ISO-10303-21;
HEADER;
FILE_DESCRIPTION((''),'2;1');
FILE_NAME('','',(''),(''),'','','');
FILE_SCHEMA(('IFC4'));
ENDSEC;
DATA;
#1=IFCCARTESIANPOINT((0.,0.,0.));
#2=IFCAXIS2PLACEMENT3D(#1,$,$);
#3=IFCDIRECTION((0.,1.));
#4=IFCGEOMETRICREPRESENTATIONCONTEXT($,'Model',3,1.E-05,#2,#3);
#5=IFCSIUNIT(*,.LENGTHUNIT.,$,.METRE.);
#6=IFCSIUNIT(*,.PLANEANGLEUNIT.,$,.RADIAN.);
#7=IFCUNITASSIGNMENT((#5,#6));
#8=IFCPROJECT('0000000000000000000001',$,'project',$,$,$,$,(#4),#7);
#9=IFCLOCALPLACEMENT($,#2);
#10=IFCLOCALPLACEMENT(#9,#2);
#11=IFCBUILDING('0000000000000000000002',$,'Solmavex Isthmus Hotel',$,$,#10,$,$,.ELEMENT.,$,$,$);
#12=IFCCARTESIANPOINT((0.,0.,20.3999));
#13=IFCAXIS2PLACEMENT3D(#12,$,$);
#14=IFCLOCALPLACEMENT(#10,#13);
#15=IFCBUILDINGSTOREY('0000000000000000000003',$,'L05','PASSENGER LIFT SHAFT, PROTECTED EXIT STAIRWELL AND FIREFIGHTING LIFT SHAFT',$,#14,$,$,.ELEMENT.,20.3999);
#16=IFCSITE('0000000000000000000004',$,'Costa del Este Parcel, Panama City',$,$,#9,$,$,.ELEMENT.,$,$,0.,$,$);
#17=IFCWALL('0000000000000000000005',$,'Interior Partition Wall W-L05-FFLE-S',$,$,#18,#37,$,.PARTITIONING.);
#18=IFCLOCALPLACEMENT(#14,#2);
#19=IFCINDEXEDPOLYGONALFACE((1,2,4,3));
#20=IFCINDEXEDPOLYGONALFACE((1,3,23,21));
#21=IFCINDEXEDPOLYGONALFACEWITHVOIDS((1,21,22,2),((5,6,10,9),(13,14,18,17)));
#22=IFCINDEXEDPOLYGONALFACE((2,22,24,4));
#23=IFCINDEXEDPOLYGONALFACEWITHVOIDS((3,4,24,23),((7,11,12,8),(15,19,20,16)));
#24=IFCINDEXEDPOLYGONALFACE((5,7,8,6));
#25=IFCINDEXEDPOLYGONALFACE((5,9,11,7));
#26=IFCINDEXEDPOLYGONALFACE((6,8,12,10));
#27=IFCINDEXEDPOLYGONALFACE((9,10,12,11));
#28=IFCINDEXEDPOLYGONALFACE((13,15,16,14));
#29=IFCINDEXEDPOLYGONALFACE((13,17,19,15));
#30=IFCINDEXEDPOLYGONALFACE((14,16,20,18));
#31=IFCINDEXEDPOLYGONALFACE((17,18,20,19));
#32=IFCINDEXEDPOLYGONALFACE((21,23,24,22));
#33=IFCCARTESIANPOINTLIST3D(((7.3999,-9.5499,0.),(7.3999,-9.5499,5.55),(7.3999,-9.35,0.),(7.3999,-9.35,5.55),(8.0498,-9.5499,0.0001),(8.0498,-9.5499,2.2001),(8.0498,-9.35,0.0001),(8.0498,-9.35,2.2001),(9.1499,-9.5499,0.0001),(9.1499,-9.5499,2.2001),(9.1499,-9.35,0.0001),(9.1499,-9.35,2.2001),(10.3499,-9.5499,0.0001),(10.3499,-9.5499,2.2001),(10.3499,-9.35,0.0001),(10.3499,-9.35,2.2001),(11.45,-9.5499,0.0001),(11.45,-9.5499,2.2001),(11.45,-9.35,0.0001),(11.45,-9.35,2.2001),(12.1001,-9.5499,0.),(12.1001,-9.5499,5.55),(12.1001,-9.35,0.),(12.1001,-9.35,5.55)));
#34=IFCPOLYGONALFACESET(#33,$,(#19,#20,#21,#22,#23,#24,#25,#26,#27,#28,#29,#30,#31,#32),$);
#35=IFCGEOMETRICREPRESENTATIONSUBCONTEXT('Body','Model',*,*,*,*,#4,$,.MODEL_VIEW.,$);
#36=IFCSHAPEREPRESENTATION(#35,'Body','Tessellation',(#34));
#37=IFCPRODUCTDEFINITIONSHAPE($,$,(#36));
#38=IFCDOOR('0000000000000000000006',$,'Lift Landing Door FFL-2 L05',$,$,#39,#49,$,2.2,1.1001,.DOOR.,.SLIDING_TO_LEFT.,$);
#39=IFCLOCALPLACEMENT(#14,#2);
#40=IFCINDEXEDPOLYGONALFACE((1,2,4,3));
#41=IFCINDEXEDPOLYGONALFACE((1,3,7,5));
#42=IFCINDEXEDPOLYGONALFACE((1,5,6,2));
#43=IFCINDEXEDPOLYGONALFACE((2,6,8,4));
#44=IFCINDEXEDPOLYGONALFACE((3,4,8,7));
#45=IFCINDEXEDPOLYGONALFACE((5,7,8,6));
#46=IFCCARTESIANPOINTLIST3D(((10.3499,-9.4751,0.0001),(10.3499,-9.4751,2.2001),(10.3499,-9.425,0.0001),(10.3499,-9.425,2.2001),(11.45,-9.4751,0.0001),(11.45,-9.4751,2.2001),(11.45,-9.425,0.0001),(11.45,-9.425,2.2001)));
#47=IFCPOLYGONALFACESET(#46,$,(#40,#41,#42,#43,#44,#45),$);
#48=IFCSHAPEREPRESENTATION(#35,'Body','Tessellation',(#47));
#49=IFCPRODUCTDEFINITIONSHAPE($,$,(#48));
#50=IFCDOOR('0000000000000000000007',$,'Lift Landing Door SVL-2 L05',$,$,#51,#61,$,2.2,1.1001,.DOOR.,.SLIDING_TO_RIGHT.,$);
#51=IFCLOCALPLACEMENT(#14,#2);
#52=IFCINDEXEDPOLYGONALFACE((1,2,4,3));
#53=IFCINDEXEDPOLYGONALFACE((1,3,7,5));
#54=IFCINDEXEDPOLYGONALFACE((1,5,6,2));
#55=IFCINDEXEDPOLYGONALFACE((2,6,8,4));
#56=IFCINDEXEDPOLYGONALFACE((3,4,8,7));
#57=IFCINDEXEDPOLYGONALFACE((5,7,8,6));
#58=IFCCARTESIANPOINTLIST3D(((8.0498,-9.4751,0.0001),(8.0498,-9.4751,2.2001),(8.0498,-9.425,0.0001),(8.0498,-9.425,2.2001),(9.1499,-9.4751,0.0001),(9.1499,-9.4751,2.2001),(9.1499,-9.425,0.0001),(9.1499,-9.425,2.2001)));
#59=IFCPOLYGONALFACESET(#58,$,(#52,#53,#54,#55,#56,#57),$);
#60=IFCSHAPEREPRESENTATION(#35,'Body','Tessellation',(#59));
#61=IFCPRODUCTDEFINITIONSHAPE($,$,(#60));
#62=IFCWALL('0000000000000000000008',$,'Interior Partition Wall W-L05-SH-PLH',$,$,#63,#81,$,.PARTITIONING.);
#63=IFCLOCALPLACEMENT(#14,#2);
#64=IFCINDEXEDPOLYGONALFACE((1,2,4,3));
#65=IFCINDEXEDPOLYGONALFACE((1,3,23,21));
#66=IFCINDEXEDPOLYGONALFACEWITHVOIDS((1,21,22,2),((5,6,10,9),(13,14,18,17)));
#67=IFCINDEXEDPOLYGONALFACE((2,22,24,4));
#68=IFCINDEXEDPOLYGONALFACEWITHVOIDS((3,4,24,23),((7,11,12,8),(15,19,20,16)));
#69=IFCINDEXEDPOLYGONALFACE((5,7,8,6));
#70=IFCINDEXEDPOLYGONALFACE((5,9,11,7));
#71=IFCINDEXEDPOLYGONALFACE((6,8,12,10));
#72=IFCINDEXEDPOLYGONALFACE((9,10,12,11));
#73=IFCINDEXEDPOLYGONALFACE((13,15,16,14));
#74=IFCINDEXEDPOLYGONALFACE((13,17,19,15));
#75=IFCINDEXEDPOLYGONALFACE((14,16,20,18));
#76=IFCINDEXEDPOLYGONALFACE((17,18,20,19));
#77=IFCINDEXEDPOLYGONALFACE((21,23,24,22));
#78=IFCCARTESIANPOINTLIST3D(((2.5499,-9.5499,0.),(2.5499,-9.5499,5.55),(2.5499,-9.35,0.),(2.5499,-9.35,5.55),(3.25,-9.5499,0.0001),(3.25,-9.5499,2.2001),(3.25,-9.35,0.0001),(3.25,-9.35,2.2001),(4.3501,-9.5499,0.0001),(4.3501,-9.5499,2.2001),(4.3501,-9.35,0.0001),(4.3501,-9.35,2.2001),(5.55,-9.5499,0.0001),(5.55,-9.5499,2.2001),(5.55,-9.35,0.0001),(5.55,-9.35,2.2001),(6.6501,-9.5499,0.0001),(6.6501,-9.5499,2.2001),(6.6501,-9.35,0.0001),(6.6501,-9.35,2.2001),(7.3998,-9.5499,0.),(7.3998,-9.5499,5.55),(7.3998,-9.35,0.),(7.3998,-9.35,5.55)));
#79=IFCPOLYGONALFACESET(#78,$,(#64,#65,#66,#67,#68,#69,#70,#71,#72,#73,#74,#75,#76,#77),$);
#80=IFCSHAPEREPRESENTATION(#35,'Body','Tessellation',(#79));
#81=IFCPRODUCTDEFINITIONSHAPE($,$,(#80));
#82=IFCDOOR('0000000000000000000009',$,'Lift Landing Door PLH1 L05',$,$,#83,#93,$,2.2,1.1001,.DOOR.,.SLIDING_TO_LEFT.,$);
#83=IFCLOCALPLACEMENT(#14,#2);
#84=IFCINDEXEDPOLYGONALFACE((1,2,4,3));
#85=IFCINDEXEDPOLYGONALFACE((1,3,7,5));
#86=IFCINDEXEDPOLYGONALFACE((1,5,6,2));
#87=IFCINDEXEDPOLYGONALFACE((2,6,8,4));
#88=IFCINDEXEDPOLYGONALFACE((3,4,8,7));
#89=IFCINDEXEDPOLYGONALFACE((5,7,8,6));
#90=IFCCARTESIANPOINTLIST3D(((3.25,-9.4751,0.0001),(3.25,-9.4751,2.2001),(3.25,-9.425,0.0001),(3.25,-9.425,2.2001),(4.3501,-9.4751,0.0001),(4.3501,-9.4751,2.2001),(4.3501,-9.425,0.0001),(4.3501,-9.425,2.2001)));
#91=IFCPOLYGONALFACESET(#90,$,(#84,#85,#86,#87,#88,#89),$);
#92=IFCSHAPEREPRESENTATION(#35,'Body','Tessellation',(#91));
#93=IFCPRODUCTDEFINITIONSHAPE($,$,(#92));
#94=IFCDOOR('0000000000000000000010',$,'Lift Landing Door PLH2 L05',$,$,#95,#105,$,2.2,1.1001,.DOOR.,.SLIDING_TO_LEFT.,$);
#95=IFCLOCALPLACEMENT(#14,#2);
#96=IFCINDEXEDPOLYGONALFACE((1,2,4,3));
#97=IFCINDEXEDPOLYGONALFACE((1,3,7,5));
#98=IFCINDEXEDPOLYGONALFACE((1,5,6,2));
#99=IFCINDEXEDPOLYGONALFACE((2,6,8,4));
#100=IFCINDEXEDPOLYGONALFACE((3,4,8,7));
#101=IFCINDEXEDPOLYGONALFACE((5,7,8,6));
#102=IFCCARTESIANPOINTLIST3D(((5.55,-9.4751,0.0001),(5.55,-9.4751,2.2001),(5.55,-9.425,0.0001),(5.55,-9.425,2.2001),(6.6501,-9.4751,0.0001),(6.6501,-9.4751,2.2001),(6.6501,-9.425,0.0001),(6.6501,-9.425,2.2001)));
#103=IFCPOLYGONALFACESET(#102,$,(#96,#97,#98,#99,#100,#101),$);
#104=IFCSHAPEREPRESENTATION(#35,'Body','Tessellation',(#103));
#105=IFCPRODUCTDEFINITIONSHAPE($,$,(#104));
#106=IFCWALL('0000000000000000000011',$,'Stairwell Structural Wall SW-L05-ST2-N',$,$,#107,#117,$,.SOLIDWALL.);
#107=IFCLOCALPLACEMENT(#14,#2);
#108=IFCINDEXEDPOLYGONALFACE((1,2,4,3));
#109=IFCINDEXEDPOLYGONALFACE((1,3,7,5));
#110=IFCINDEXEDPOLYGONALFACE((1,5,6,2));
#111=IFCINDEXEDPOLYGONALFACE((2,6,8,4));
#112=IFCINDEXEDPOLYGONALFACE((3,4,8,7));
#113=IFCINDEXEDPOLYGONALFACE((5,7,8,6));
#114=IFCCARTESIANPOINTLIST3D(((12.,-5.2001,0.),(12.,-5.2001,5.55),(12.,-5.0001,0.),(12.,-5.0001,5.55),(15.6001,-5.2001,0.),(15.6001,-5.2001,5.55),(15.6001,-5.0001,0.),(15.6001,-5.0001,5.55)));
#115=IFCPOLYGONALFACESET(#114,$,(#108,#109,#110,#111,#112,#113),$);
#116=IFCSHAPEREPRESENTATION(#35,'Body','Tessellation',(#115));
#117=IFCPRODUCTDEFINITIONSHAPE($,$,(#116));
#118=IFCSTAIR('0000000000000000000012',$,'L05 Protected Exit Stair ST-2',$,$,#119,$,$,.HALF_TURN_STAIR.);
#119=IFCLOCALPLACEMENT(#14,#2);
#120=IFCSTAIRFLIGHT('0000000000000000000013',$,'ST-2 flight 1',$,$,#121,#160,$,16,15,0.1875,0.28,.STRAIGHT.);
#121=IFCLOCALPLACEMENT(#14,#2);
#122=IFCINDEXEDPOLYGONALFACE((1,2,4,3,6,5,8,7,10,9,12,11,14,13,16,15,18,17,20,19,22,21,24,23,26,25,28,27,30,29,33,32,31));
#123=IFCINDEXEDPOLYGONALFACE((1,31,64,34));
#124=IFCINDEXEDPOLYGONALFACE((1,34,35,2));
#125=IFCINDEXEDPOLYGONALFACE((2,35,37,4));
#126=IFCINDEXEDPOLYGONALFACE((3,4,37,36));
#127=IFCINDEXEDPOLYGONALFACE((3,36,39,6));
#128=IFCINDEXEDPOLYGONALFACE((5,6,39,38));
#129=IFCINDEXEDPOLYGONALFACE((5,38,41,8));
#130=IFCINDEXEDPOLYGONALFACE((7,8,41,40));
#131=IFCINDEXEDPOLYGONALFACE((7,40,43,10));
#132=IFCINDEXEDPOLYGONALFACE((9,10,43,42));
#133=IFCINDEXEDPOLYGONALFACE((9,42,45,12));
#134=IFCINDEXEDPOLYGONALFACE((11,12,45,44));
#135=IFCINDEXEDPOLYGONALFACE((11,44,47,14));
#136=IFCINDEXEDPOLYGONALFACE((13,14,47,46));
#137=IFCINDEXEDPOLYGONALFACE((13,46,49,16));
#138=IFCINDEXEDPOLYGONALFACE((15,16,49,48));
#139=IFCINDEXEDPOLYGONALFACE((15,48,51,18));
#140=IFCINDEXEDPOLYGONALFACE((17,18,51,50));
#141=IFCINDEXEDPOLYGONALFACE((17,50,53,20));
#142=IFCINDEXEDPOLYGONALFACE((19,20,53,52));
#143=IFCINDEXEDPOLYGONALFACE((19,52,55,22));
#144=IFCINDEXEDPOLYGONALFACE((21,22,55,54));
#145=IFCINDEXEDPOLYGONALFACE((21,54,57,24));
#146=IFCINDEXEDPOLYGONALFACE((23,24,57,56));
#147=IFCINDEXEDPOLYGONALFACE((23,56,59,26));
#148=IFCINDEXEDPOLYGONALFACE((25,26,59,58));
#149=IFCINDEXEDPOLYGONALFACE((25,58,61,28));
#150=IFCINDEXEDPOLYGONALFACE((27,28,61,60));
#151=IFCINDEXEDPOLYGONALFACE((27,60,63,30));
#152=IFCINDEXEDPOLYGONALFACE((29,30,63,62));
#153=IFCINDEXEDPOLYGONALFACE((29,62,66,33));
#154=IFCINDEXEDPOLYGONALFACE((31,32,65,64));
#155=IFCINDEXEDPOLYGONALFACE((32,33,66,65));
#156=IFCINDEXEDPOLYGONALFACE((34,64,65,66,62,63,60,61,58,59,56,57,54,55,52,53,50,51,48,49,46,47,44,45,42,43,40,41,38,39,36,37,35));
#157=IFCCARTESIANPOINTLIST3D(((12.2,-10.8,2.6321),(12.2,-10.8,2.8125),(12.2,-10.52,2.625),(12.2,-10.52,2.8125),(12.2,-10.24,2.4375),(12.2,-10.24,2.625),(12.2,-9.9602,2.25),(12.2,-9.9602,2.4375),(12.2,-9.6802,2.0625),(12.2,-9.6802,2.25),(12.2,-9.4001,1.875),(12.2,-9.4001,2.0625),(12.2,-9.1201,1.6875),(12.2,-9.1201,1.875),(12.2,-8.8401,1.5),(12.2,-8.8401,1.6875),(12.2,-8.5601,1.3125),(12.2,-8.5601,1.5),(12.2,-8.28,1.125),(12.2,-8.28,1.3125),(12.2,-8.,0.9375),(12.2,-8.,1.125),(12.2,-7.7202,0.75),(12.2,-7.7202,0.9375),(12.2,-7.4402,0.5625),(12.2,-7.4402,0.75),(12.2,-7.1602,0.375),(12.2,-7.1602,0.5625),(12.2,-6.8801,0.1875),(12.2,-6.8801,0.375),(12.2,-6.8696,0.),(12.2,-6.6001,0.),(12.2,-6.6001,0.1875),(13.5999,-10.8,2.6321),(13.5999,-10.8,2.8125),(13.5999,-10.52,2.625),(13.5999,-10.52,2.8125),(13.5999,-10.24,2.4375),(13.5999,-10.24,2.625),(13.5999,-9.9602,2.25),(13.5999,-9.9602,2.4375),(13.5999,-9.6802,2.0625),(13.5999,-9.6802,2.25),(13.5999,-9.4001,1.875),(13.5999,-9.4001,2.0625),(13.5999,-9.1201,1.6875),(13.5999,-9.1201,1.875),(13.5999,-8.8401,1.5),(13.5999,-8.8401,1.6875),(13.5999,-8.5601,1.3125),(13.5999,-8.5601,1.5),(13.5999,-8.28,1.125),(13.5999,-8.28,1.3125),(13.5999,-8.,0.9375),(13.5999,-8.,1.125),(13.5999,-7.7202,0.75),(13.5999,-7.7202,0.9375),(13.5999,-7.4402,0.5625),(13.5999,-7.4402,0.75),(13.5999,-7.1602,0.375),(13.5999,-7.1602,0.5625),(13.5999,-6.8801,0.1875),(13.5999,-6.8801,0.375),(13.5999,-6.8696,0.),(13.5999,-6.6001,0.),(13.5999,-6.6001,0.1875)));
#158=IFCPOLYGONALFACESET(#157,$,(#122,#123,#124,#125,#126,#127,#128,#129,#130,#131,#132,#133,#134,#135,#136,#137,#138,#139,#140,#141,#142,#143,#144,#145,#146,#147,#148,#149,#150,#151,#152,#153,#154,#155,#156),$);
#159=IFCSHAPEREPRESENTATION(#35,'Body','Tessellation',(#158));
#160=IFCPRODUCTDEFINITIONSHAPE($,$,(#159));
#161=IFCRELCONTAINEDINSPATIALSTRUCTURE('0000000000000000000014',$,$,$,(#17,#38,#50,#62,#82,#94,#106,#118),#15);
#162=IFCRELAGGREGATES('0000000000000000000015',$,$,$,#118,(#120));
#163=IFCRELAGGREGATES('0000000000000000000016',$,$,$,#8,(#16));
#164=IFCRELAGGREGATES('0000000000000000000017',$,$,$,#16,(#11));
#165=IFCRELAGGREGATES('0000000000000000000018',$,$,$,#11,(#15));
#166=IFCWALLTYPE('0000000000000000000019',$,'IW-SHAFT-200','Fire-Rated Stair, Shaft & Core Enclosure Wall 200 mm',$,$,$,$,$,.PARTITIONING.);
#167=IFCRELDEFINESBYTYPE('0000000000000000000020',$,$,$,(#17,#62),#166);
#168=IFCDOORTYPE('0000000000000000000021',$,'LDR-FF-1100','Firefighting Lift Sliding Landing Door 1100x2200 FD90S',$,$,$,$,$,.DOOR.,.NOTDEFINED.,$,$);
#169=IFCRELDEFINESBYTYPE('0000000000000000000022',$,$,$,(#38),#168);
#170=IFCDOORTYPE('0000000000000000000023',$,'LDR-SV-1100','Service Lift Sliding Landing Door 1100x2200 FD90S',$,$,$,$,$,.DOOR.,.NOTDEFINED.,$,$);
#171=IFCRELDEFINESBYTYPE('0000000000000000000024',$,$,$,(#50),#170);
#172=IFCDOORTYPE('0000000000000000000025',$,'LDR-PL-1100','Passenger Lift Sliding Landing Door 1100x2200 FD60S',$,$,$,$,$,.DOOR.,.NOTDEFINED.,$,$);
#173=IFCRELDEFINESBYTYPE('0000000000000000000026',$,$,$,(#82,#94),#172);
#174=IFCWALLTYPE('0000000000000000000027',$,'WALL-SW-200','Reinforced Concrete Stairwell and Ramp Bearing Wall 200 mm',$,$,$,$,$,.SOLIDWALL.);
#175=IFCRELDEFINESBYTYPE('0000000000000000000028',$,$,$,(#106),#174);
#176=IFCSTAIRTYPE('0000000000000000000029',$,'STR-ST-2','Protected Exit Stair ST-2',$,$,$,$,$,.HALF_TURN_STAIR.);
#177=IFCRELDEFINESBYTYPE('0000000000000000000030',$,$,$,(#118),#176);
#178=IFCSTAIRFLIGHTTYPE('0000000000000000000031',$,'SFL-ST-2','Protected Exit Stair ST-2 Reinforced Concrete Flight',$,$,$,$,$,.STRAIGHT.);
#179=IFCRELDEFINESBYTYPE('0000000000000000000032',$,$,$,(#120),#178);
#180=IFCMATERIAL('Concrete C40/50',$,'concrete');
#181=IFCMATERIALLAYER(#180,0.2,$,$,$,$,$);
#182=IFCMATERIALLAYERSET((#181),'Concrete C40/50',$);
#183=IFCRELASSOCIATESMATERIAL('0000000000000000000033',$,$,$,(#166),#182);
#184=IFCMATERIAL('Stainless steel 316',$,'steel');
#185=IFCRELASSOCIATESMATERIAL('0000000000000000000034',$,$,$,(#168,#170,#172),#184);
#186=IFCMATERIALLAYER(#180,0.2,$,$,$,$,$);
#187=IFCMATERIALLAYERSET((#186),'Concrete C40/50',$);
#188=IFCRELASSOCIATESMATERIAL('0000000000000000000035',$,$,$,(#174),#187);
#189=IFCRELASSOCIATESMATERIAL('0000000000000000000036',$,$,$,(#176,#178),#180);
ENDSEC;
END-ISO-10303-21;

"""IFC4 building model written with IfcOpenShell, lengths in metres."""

from ifc_helpers import new_model, si_unit, direction, frame, frame_2d, origin, place, context, subcontext, project, spatial, polyline, rectangle, outline, extrude, material, layer, layer_set, type_object, element, fill, aggregate, save


model = new_model("IFC4")

# Units and contexts
model_context = context("Model", 3, precision=1e-05, world=origin(), true_north=direction((0.0, 1.0)))
body_context = subcontext(model_context, "Body", "Model", "MODEL_VIEW")
ifc_project = project(units=[si_unit("LENGTHUNIT", "METRE"), si_unit("PLANEANGLEUNIT", "RADIAN")], contexts=[model_context])

# Site, building, storey
site_placement = place(None, origin())
site = spatial("IfcSite", under=ifc_project, at=site_placement, Name="Costa del Este Parcel, Panama City", CompositionType="ELEMENT", RefElevation=0.0)
building_placement = place(site_placement, origin())
building = spatial("IfcBuilding", under=site, at=building_placement, Name="Solmavex Isthmus Hotel", CompositionType="ELEMENT")
storey_placement = place(building_placement, frame((0.0, 0.0, 20.3999)))
storey = spatial("IfcBuildingStorey", under=building, at=storey_placement, Name="L05", Description="PASSENGER LIFT SHAFT, PROTECTED EXIT STAIRWELL AND FIREFIGHTING LIFT SHAFT", CompositionType="ELEMENT", Elevation=20.3999)

# Shared definitions
ifc_material_1 = material(Name="Concrete C40/50", Category="concrete")
ifc_layer_1 = layer(ifc_material_1, 0.2)
ifc_layer_set_1 = layer_set([ifc_layer_1], Name="Concrete C40/50")
wall_type_1 = type_object("IfcWallType", Name="IW-SHAFT-200", Description="Fire-Rated Stair, Shaft & Core Enclosure Wall 200 mm", PredefinedType="PARTITIONING", material=ifc_layer_set_1)

# Walls, openings, doors
wall_1_placement = place(storey_placement, frame((7.3999, -9.45, 0.0), z_axis=(0.0, 0.0, 1.0), x_axis=(1.0, 0.0, 0.0)))
wall_1 = element("IfcWall", 1, at=wall_1_placement, inside=storey, type_object=wall_type_1, Name="Interior Partition Wall W-L05-FFLE-S", PredefinedType="PARTITIONING", context=body_context, shape_type="SweptSolid", body=[
    extrude(rectangle(XDim=4.7002, YDim=0.2, at=frame_2d((2.3501, 0.0))), origin(), (0.0, 0.0, 1.0), 5.55),
])
opening_1_placement = place(wall_1_placement, frame((2.95, 0.0, 0.0)))
opening_1 = element("IfcOpeningElement", 2, at=opening_1_placement, cuts=wall_1, PredefinedType="OPENING", context=body_context, shape_type="SweptSolid", body=[
    extrude(rectangle(XDim=1.1001, YDim=2.2, at=frame_2d((0.55, 1.1001))), frame((0.0, 0.1099, 0.0), z_axis=(0.0, -1.0, 0.0), x_axis=(1.0, 0.0, 0.0)), (0.0, 0.0, 1.0), 0.22),
])
opening_2_placement = place(wall_1_placement, frame((0.6499, 0.0, 0.0)))
opening_2 = element("IfcOpeningElement", 3, at=opening_2_placement, cuts=wall_1, PredefinedType="OPENING", context=body_context, shape_type="SweptSolid", body=[
    extrude(rectangle(XDim=1.1001, YDim=2.2, at=frame_2d((0.55, 1.1001))), frame((0.0, 0.1099, 0.0), z_axis=(0.0, -1.0, 0.0), x_axis=(1.0, 0.0, 0.0)), (0.0, 0.0, 1.0), 0.22),
])
ifc_material_2 = material(Name="Stainless steel 316", Category="steel")
door_type_1 = type_object("IfcDoorType", Name="LDR-FF-1100", Description="Firefighting Lift Sliding Landing Door 1100x2200 FD90S", OperationType="NOTDEFINED", PredefinedType="DOOR", material=ifc_material_2)
door_1_placement = place(opening_1_placement, origin())
door_1 = element("IfcDoor", 4, at=door_1_placement, inside=storey, type_object=door_type_1, Name="Lift Landing Door FFL-2 L05", OperationType="SLIDING_TO_LEFT", OverallHeight=2.2, OverallWidth=1.1001, PredefinedType="DOOR", context=body_context, shape_type="SweptSolid", body=[
    extrude(rectangle(XDim=1.1001, YDim=2.2, at=frame_2d((0.55, 1.1001))), frame((0.0, 0.0249, 0.0), z_axis=(0.0, -1.0, 0.0), x_axis=(1.0, 0.0, 0.0)), (0.0, 0.0, 1.0), 0.05),
])
fill(opening_1, door_1)
door_type_2 = type_object("IfcDoorType", Name="LDR-SV-1100", Description="Service Lift Sliding Landing Door 1100x2200 FD90S", OperationType="NOTDEFINED", PredefinedType="DOOR", material=ifc_material_2)
door_2_placement = place(opening_2_placement, origin())
door_2 = element("IfcDoor", 5, at=door_2_placement, inside=storey, type_object=door_type_2, Name="Lift Landing Door SVL-2 L05", OperationType="SLIDING_TO_RIGHT", OverallHeight=2.2, OverallWidth=1.1001, PredefinedType="DOOR", context=body_context, shape_type="SweptSolid", body=[
    extrude(rectangle(XDim=1.1001, YDim=2.2, at=frame_2d((0.55, 1.1001))), frame((0.0, 0.0249, 0.0), z_axis=(0.0, -1.0, 0.0), x_axis=(1.0, 0.0, 0.0)), (0.0, 0.0, 1.0), 0.05),
])
fill(opening_2, door_2)
wall_2_placement = place(storey_placement, frame((2.55, -9.45, 0.0), z_axis=(0.0, 0.0, 1.0), x_axis=(1.0, 0.0, 0.0)))
wall_2 = element("IfcWall", 6, at=wall_2_placement, inside=storey, type_object=wall_type_1, Name="Interior Partition Wall W-L05-SH-PLH", PredefinedType="PARTITIONING", context=body_context, shape_type="SweptSolid", body=[
    extrude(rectangle(XDim=4.8499, YDim=0.2, at=frame_2d((2.4248, 0.0))), origin(), (0.0, 0.0, 1.0), 5.55),
])
opening_3_placement = place(wall_2_placement, frame((0.7, 0.0, 0.0)))
opening_3 = element("IfcOpeningElement", 7, at=opening_3_placement, cuts=wall_2, PredefinedType="OPENING", context=body_context, shape_type="SweptSolid", body=[
    extrude(rectangle(XDim=1.1001, YDim=2.2, at=frame_2d((0.55, 1.1001))), frame((0.0, 0.1099, 0.0), z_axis=(0.0, -1.0, 0.0), x_axis=(1.0, 0.0, 0.0)), (0.0, 0.0, 1.0), 0.22),
])
opening_4_placement = place(wall_2_placement, frame((3.0, 0.0, 0.0)))
opening_4 = element("IfcOpeningElement", 8, at=opening_4_placement, cuts=wall_2, PredefinedType="OPENING", context=body_context, shape_type="SweptSolid", body=[
    extrude(rectangle(XDim=1.1001, YDim=2.2, at=frame_2d((0.55, 1.1001))), frame((0.0, 0.1099, 0.0), z_axis=(0.0, -1.0, 0.0), x_axis=(1.0, 0.0, 0.0)), (0.0, 0.0, 1.0), 0.22),
])
door_type_3 = type_object("IfcDoorType", Name="LDR-PL-1100", Description="Passenger Lift Sliding Landing Door 1100x2200 FD60S", OperationType="NOTDEFINED", PredefinedType="DOOR", material=ifc_material_2)
door_3_placement = place(opening_3_placement, origin())
door_3 = element("IfcDoor", 9, at=door_3_placement, inside=storey, type_object=door_type_3, Name="Lift Landing Door PLH1 L05", OperationType="SLIDING_TO_LEFT", OverallHeight=2.2, OverallWidth=1.1001, PredefinedType="DOOR", context=body_context, shape_type="SweptSolid", body=[
    extrude(rectangle(XDim=1.1001, YDim=2.2, at=frame_2d((0.55, 1.1001))), frame((0.0, 0.0249, 0.0), z_axis=(0.0, -1.0, 0.0), x_axis=(1.0, 0.0, 0.0)), (0.0, 0.0, 1.0), 0.05),
])
fill(opening_3, door_3)
door_4_placement = place(opening_4_placement, origin())
door_4 = element("IfcDoor", 10, at=door_4_placement, inside=storey, type_object=door_type_3, Name="Lift Landing Door PLH2 L05", OperationType="SLIDING_TO_LEFT", OverallHeight=2.2, OverallWidth=1.1001, PredefinedType="DOOR", context=body_context, shape_type="SweptSolid", body=[
    extrude(rectangle(XDim=1.1001, YDim=2.2, at=frame_2d((0.55, 1.1001))), frame((0.0, 0.0249, 0.0), z_axis=(0.0, -1.0, 0.0), x_axis=(1.0, 0.0, 0.0)), (0.0, 0.0, 1.0), 0.05),
])
fill(opening_4, door_4)

# Wall
ifc_layer_2 = layer(ifc_material_1, 0.2)
ifc_layer_set_2 = layer_set([ifc_layer_2], Name="Concrete C40/50")
wall_type_2 = type_object("IfcWallType", Name="WALL-SW-200", Description="Reinforced Concrete Stairwell and Ramp Bearing Wall 200 mm", PredefinedType="SOLIDWALL", material=ifc_layer_set_2)
wall_3_placement = place(storey_placement, frame((12.0, -5.1001, 0.0), z_axis=(0.0, 0.0, 1.0), x_axis=(1.0, 0.0, 0.0)))
element("IfcWall", 11, at=wall_3_placement, inside=storey, type_object=wall_type_2, Name="Stairwell Structural Wall SW-L05-ST2-N", PredefinedType="SOLIDWALL", context=body_context, shape_type="SweptSolid", body=[
    extrude(rectangle(XDim=3.6001, YDim=0.2, at=frame_2d((1.8, 0.0))), origin(), (0.0, 0.0, 1.0), 5.55),
])

# Stair, stair flight
stair_type = type_object("IfcStairType", Name="STR-ST-2", Description="Protected Exit Stair ST-2", PredefinedType="HALF_TURN_STAIR", material=ifc_material_1)
stair_placement = place(storey_placement, origin())
stair = element("IfcStair", 12, at=stair_placement, inside=storey, type_object=stair_type, Name="L05 Protected Exit Stair ST-2", PredefinedType="HALF_TURN_STAIR")
stair_flight_type = type_object("IfcStairFlightType", Name="SFL-ST-2", Description="Protected Exit Stair ST-2 Reinforced Concrete Flight", PredefinedType="STRAIGHT", material=ifc_material_1)
stair_flight_placement = place(storey_placement, frame((12.8999, -6.6001, 0.0), z_axis=(0.0, 0.0, 1.0), x_axis=(0.0, -1.0, 0.0)))
stair_flight = element("IfcStairFlight", 13, at=stair_flight_placement, type_object=stair_flight_type, Name="ST-2 flight 1", NumberOfRisers=16, NumberOfTreads=15, PredefinedType="STRAIGHT", RiserHeight=0.1875, TreadLength=0.28, context=body_context, shape_type="SweptSolid", body=[
    extrude(outline(polyline([(0.0, 0.0), (0.0, 0.1875), (0.28, 0.1875), (0.28, 0.375), (0.5601, 0.375), (0.5601, 0.5625), (0.8401, 0.5625), (0.8401, 0.75), (1.1201, 0.75), (1.1201, 0.9375), (1.3999, 0.9375), (1.3999, 1.125), (1.6799, 1.125), (1.6799, 1.3125), (1.96, 1.3125), (1.96, 1.5), (2.24, 1.5), (2.24, 1.6875), (2.52, 1.6875), (2.52, 1.875), (2.8, 1.875), (2.8, 2.0625), (3.0801, 2.0625), (3.0801, 2.25), (3.3601, 2.25), (3.3601, 2.4375), (3.6399, 2.4375), (3.6399, 2.625), (3.9199, 2.625), (3.9199, 2.8125), (4.2, 2.8125), (4.2, 3.0), (4.2, 2.6321), (0.2695, 0.0), (0.0, 0.0)])), frame((0.0, 0.7, 0.0), z_axis=(0.0, -1.0, 0.0), x_axis=(1.0, 0.0, 0.0)), (0.0, 0.0, 1.0), 1.3999),
])
aggregate(stair, [stair_flight])

save(model, "model.ifc")
